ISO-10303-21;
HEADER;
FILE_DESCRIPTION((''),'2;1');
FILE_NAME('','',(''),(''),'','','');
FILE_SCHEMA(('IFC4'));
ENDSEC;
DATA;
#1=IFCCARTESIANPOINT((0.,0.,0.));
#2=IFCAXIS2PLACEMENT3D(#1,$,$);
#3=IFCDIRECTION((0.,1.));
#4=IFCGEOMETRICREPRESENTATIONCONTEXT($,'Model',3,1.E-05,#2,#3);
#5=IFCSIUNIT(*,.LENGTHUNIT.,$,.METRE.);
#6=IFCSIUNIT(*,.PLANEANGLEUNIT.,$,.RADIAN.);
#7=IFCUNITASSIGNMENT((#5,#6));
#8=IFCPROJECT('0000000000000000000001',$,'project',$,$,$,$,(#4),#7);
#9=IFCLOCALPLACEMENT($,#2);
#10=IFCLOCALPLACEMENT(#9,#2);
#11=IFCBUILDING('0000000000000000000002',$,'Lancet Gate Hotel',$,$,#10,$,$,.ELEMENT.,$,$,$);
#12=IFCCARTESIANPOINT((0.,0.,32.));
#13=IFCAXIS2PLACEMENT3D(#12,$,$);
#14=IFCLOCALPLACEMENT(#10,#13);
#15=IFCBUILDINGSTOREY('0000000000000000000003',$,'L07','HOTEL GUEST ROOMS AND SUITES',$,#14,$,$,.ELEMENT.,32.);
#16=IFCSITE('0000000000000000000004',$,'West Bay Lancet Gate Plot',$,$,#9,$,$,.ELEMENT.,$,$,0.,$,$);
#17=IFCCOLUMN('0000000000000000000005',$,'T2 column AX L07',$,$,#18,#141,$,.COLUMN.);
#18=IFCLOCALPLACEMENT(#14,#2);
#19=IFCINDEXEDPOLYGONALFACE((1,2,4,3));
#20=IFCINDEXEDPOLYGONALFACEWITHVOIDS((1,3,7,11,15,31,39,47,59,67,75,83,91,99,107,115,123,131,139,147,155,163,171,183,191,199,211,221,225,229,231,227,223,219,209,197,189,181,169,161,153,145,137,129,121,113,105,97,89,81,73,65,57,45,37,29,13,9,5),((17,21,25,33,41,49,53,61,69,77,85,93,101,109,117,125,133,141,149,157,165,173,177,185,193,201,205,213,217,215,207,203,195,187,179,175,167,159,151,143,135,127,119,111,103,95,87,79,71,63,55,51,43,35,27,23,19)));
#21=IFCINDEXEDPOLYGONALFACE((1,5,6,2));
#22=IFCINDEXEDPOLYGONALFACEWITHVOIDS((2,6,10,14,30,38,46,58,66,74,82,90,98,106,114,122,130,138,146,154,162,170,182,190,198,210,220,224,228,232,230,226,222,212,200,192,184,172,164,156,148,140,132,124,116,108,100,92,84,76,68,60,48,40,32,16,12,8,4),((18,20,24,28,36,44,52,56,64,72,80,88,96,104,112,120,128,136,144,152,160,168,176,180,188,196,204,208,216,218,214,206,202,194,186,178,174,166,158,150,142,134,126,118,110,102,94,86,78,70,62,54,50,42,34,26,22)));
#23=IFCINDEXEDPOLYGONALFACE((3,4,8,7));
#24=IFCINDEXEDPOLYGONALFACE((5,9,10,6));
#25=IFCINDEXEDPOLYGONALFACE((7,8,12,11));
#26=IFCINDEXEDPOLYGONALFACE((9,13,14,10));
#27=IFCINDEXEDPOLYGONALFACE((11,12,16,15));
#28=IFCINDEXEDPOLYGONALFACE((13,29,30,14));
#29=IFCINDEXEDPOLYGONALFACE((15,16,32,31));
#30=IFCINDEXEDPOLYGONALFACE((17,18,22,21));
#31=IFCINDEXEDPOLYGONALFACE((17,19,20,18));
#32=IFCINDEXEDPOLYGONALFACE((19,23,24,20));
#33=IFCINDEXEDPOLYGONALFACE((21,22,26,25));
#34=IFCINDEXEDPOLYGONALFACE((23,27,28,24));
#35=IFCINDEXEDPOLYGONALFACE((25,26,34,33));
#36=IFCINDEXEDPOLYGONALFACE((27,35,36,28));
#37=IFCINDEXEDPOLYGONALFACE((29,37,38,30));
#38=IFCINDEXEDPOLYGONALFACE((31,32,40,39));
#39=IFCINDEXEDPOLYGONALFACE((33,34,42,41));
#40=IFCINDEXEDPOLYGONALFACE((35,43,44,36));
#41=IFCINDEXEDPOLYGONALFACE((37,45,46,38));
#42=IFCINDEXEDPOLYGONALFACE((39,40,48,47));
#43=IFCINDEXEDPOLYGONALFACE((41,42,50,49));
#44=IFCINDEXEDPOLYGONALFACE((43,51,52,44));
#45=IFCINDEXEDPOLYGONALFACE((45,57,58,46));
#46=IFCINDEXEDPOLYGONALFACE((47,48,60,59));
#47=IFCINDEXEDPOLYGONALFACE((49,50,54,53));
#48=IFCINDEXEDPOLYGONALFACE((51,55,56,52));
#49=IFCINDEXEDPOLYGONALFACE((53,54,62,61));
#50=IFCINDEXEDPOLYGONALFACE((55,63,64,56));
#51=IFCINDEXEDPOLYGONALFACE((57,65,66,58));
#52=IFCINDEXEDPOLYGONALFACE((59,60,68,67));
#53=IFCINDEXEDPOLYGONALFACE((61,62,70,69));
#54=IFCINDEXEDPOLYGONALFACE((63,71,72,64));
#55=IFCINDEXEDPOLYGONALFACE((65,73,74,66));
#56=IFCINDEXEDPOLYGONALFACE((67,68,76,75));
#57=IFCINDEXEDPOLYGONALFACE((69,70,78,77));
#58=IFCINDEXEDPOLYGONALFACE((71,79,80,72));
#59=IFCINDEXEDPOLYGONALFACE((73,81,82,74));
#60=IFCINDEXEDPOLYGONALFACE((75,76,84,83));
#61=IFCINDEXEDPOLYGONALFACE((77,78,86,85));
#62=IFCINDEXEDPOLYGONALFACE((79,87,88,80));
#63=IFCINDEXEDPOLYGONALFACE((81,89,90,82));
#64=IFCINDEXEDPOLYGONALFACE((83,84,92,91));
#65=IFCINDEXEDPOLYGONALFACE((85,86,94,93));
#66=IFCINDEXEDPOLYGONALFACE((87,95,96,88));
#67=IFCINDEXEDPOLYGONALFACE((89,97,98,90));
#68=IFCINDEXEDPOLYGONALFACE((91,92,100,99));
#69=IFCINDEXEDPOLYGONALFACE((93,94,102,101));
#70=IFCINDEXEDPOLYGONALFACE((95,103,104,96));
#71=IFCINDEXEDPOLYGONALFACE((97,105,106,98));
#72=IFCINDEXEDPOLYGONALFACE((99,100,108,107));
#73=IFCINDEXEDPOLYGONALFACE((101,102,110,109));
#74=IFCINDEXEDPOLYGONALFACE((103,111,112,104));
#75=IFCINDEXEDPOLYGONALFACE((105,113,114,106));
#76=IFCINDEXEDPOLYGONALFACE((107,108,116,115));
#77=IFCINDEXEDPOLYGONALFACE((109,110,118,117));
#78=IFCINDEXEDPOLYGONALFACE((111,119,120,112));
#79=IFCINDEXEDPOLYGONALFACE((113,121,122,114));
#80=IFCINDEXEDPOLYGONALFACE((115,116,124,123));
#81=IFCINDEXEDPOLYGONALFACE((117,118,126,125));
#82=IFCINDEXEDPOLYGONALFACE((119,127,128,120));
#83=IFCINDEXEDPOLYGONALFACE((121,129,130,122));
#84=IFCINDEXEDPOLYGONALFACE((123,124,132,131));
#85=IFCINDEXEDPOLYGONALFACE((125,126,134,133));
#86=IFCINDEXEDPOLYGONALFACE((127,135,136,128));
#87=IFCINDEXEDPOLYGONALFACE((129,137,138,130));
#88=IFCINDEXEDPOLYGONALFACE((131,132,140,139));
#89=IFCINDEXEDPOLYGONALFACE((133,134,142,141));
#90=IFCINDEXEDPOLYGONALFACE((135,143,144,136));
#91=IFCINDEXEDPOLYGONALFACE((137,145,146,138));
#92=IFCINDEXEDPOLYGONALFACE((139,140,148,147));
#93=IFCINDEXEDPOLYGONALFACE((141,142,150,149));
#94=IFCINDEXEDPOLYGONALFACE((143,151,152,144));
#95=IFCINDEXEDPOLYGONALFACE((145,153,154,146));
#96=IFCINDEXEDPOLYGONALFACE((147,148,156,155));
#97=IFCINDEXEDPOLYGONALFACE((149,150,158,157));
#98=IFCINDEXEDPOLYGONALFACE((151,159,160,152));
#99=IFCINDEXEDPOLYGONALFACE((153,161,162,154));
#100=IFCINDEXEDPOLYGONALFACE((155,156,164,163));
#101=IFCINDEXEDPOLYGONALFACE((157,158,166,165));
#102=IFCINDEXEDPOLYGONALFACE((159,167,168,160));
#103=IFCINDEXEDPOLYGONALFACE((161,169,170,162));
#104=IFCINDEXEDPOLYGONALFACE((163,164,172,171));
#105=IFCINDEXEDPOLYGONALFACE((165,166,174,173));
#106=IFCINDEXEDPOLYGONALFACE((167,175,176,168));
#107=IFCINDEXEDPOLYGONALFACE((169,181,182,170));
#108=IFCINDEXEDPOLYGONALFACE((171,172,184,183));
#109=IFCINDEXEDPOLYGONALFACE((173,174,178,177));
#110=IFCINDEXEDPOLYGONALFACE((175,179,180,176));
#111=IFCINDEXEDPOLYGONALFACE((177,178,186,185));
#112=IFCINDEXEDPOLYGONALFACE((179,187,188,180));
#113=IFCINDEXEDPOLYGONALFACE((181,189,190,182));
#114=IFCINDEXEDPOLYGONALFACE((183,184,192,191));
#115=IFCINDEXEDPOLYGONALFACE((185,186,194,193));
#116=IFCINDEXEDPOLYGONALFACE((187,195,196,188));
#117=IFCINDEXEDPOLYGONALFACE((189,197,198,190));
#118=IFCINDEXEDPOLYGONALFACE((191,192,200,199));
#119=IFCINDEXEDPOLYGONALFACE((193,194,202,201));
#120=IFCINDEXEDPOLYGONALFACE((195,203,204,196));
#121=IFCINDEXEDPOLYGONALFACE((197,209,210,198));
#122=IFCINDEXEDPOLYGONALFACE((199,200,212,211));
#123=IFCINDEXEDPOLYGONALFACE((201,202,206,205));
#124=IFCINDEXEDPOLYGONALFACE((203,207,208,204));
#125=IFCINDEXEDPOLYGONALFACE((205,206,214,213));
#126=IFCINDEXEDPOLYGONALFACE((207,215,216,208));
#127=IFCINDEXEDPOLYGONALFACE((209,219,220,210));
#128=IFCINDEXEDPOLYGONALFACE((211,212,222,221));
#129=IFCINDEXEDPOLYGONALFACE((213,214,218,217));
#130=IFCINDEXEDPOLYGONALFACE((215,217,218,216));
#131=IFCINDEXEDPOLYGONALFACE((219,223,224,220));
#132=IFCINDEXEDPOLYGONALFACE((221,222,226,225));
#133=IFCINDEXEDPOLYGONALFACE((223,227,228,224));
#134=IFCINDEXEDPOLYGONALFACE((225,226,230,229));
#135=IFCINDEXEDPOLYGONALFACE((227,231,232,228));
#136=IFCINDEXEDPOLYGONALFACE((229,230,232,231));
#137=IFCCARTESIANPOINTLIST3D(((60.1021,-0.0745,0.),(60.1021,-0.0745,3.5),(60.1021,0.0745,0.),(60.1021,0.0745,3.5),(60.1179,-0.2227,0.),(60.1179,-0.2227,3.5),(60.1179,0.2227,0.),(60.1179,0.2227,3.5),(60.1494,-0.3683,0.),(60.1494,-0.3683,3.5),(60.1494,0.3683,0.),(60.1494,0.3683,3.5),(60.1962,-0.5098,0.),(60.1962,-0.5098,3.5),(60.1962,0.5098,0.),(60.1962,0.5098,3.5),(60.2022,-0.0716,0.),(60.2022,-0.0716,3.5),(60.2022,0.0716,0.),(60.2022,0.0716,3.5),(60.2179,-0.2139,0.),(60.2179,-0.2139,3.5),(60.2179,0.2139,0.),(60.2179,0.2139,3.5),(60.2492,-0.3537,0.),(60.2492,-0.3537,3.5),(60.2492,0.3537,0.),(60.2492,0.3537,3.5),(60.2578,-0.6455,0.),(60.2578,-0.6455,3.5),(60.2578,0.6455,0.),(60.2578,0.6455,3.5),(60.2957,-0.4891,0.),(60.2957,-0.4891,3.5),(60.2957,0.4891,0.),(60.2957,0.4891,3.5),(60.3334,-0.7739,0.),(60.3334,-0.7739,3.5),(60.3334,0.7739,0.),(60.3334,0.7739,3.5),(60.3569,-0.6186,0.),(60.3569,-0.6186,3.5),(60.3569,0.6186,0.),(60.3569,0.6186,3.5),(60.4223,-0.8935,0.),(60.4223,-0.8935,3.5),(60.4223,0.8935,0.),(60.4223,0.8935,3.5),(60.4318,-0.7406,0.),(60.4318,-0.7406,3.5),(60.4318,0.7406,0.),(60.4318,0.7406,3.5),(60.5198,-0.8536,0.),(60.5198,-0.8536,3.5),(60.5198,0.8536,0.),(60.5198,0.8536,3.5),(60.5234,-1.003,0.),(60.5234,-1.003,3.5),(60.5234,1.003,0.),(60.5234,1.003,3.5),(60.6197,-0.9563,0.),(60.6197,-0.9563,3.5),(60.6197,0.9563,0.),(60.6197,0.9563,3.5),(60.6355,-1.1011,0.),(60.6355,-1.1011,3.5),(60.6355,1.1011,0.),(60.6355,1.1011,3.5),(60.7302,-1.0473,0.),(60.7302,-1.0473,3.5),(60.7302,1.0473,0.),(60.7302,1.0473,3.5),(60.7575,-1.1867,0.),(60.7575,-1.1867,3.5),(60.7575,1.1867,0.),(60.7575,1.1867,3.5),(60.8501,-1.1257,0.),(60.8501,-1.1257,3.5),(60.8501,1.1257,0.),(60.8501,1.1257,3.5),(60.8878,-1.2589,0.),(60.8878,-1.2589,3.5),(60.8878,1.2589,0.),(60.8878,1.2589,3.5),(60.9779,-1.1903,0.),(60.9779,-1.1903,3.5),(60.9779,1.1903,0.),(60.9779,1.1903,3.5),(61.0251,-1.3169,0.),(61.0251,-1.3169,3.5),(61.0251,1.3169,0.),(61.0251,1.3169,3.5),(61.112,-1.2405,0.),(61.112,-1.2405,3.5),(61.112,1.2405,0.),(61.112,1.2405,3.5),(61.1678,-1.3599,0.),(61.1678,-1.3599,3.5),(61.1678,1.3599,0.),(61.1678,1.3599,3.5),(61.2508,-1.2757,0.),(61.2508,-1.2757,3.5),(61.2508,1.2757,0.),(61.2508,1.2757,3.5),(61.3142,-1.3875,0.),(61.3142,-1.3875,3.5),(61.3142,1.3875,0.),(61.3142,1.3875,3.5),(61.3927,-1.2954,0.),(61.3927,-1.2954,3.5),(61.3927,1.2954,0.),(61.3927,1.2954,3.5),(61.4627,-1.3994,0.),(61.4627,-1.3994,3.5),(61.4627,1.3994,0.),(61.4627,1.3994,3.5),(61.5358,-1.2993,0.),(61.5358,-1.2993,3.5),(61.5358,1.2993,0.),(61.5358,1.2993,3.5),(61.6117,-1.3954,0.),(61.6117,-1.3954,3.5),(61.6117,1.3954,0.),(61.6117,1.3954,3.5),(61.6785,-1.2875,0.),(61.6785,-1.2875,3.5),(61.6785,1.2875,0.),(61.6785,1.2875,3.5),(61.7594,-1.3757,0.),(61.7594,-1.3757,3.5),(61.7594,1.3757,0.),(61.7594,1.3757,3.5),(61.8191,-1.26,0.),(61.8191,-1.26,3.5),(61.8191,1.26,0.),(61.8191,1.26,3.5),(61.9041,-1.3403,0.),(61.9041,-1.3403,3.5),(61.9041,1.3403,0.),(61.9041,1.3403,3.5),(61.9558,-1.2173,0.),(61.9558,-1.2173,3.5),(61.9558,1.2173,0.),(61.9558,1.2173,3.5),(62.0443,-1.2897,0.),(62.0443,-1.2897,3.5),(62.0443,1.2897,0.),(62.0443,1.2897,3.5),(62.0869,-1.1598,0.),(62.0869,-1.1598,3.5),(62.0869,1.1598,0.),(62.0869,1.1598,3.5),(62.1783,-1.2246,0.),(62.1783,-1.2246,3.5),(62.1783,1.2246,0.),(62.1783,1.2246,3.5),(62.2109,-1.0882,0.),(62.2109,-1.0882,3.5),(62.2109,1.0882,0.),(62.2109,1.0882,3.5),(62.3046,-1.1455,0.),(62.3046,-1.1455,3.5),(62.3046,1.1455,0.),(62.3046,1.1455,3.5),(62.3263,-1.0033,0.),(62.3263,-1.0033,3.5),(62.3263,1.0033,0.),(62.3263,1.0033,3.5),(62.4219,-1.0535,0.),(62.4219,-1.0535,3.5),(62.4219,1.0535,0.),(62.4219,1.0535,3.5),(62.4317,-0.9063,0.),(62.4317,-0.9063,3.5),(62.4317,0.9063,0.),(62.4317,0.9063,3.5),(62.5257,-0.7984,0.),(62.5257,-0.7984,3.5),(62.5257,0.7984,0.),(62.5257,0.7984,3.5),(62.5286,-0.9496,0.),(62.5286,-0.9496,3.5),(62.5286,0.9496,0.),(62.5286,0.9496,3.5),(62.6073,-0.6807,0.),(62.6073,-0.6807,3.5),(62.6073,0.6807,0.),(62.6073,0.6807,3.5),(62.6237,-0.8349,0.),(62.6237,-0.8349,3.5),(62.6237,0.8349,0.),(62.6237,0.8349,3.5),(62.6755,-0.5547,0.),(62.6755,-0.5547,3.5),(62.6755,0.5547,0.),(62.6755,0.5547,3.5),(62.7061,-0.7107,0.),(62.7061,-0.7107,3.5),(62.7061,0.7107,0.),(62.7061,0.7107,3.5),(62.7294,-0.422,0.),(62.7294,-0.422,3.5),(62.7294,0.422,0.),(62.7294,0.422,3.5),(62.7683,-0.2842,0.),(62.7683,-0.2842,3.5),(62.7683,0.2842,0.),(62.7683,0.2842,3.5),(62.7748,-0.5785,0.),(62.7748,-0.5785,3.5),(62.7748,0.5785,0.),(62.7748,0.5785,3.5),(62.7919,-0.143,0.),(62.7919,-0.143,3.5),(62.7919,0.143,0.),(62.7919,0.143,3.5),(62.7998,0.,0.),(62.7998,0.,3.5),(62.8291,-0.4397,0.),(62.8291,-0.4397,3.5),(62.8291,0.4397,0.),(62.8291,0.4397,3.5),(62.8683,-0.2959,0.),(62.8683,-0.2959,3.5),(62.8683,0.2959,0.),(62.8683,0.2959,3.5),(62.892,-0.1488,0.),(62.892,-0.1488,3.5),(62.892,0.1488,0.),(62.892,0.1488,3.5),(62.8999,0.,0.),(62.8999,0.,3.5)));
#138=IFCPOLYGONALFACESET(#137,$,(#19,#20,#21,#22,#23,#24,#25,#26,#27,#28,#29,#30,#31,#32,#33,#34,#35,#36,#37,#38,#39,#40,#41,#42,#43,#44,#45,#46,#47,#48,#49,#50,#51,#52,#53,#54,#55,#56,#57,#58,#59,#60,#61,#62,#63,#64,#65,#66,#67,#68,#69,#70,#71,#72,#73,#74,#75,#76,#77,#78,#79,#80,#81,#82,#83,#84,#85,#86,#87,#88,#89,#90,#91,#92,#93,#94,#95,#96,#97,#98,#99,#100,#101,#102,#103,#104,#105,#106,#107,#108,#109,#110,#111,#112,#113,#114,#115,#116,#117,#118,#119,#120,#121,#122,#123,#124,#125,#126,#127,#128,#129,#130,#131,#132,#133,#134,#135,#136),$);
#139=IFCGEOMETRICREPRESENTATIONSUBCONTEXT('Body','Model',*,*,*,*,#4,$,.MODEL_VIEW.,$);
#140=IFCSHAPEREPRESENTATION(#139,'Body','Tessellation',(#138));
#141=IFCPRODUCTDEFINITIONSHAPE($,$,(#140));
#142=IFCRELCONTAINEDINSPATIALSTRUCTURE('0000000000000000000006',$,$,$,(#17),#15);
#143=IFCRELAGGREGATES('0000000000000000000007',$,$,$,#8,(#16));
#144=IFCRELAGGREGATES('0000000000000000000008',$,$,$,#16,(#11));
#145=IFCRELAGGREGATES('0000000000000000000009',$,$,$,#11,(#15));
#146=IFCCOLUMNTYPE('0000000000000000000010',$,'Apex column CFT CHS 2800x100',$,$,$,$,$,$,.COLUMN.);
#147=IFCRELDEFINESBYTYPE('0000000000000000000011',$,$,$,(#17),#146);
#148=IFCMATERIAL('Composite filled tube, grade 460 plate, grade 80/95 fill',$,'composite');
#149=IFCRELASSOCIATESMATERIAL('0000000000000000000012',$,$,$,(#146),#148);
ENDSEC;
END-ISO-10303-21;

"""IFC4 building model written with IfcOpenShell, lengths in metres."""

from ifc_helpers import new_model, si_unit, direction, frame, origin, origin_2d, place, context, subcontext, project, spatial, hollow_circle, extrude, material, material_profile, profile_set, type_object, element, save


model = new_model("IFC4")

# Units and contexts
model_context = context("Model", 3, precision=1e-05, world=origin(), true_north=direction((0.0, 1.0)))
body_context = subcontext(model_context, "Body", "Model", "MODEL_VIEW")
ifc_project = project(units=[si_unit("LENGTHUNIT", "METRE"), si_unit("PLANEANGLEUNIT", "RADIAN")], contexts=[model_context])

# Site, building, storey
site_placement = place(None, origin())
site = spatial("IfcSite", under=ifc_project, at=site_placement, Name="West Bay Lancet Gate Plot", CompositionType="ELEMENT", RefElevation=0.0)
building_placement = place(site_placement, origin())
building = spatial("IfcBuilding", under=site, at=building_placement, Name="Lancet Gate Hotel", CompositionType="ELEMENT")
storey_placement = place(building_placement, frame((0.0, 0.0, 32.0)))
storey = spatial("IfcBuildingStorey", under=building, at=storey_placement, Name="L07", Description="HOTEL GUEST ROOMS AND SUITES", CompositionType="ELEMENT", Elevation=32.0)

# Column
ifc_material_1 = material(Name="Composite filled tube, grade 460 plate, grade 80/95 fill", Category="composite")
ifc_material_profile_1 = material_profile(ifc_material_1, hollow_circle(Radius=1.3999, WallThickness=0.1001, at=origin_2d()), Name="CHS 2800x100")
ifc_profile_set_1 = profile_set([ifc_material_profile_1], Name="Composite filled tube, grade 460 plate, grade 80/95 fill")
column_type_1 = type_object("IfcColumnType", Name="Apex column CFT CHS 2800x100", PredefinedType="COLUMN", material=ifc_profile_set_1)
column_1_placement = place(storey_placement, frame((61.5, 0.0, 0.0), z_axis=(0.0, 0.0, 1.0), x_axis=(1.0, 0.0, 0.0)))
element("IfcColumn", 1, at=column_1_placement, inside=storey, type_object=column_type_1, Name="T2 column AX L07", PredefinedType="COLUMN", context=body_context, shape_type="SweptSolid", body=[
    extrude(hollow_circle(Radius=1.3999, WallThickness=0.1001, at=origin_2d()), origin(), (0.0, 0.0, 1.0), 3.5),
])

save(model, "model.ifc")
